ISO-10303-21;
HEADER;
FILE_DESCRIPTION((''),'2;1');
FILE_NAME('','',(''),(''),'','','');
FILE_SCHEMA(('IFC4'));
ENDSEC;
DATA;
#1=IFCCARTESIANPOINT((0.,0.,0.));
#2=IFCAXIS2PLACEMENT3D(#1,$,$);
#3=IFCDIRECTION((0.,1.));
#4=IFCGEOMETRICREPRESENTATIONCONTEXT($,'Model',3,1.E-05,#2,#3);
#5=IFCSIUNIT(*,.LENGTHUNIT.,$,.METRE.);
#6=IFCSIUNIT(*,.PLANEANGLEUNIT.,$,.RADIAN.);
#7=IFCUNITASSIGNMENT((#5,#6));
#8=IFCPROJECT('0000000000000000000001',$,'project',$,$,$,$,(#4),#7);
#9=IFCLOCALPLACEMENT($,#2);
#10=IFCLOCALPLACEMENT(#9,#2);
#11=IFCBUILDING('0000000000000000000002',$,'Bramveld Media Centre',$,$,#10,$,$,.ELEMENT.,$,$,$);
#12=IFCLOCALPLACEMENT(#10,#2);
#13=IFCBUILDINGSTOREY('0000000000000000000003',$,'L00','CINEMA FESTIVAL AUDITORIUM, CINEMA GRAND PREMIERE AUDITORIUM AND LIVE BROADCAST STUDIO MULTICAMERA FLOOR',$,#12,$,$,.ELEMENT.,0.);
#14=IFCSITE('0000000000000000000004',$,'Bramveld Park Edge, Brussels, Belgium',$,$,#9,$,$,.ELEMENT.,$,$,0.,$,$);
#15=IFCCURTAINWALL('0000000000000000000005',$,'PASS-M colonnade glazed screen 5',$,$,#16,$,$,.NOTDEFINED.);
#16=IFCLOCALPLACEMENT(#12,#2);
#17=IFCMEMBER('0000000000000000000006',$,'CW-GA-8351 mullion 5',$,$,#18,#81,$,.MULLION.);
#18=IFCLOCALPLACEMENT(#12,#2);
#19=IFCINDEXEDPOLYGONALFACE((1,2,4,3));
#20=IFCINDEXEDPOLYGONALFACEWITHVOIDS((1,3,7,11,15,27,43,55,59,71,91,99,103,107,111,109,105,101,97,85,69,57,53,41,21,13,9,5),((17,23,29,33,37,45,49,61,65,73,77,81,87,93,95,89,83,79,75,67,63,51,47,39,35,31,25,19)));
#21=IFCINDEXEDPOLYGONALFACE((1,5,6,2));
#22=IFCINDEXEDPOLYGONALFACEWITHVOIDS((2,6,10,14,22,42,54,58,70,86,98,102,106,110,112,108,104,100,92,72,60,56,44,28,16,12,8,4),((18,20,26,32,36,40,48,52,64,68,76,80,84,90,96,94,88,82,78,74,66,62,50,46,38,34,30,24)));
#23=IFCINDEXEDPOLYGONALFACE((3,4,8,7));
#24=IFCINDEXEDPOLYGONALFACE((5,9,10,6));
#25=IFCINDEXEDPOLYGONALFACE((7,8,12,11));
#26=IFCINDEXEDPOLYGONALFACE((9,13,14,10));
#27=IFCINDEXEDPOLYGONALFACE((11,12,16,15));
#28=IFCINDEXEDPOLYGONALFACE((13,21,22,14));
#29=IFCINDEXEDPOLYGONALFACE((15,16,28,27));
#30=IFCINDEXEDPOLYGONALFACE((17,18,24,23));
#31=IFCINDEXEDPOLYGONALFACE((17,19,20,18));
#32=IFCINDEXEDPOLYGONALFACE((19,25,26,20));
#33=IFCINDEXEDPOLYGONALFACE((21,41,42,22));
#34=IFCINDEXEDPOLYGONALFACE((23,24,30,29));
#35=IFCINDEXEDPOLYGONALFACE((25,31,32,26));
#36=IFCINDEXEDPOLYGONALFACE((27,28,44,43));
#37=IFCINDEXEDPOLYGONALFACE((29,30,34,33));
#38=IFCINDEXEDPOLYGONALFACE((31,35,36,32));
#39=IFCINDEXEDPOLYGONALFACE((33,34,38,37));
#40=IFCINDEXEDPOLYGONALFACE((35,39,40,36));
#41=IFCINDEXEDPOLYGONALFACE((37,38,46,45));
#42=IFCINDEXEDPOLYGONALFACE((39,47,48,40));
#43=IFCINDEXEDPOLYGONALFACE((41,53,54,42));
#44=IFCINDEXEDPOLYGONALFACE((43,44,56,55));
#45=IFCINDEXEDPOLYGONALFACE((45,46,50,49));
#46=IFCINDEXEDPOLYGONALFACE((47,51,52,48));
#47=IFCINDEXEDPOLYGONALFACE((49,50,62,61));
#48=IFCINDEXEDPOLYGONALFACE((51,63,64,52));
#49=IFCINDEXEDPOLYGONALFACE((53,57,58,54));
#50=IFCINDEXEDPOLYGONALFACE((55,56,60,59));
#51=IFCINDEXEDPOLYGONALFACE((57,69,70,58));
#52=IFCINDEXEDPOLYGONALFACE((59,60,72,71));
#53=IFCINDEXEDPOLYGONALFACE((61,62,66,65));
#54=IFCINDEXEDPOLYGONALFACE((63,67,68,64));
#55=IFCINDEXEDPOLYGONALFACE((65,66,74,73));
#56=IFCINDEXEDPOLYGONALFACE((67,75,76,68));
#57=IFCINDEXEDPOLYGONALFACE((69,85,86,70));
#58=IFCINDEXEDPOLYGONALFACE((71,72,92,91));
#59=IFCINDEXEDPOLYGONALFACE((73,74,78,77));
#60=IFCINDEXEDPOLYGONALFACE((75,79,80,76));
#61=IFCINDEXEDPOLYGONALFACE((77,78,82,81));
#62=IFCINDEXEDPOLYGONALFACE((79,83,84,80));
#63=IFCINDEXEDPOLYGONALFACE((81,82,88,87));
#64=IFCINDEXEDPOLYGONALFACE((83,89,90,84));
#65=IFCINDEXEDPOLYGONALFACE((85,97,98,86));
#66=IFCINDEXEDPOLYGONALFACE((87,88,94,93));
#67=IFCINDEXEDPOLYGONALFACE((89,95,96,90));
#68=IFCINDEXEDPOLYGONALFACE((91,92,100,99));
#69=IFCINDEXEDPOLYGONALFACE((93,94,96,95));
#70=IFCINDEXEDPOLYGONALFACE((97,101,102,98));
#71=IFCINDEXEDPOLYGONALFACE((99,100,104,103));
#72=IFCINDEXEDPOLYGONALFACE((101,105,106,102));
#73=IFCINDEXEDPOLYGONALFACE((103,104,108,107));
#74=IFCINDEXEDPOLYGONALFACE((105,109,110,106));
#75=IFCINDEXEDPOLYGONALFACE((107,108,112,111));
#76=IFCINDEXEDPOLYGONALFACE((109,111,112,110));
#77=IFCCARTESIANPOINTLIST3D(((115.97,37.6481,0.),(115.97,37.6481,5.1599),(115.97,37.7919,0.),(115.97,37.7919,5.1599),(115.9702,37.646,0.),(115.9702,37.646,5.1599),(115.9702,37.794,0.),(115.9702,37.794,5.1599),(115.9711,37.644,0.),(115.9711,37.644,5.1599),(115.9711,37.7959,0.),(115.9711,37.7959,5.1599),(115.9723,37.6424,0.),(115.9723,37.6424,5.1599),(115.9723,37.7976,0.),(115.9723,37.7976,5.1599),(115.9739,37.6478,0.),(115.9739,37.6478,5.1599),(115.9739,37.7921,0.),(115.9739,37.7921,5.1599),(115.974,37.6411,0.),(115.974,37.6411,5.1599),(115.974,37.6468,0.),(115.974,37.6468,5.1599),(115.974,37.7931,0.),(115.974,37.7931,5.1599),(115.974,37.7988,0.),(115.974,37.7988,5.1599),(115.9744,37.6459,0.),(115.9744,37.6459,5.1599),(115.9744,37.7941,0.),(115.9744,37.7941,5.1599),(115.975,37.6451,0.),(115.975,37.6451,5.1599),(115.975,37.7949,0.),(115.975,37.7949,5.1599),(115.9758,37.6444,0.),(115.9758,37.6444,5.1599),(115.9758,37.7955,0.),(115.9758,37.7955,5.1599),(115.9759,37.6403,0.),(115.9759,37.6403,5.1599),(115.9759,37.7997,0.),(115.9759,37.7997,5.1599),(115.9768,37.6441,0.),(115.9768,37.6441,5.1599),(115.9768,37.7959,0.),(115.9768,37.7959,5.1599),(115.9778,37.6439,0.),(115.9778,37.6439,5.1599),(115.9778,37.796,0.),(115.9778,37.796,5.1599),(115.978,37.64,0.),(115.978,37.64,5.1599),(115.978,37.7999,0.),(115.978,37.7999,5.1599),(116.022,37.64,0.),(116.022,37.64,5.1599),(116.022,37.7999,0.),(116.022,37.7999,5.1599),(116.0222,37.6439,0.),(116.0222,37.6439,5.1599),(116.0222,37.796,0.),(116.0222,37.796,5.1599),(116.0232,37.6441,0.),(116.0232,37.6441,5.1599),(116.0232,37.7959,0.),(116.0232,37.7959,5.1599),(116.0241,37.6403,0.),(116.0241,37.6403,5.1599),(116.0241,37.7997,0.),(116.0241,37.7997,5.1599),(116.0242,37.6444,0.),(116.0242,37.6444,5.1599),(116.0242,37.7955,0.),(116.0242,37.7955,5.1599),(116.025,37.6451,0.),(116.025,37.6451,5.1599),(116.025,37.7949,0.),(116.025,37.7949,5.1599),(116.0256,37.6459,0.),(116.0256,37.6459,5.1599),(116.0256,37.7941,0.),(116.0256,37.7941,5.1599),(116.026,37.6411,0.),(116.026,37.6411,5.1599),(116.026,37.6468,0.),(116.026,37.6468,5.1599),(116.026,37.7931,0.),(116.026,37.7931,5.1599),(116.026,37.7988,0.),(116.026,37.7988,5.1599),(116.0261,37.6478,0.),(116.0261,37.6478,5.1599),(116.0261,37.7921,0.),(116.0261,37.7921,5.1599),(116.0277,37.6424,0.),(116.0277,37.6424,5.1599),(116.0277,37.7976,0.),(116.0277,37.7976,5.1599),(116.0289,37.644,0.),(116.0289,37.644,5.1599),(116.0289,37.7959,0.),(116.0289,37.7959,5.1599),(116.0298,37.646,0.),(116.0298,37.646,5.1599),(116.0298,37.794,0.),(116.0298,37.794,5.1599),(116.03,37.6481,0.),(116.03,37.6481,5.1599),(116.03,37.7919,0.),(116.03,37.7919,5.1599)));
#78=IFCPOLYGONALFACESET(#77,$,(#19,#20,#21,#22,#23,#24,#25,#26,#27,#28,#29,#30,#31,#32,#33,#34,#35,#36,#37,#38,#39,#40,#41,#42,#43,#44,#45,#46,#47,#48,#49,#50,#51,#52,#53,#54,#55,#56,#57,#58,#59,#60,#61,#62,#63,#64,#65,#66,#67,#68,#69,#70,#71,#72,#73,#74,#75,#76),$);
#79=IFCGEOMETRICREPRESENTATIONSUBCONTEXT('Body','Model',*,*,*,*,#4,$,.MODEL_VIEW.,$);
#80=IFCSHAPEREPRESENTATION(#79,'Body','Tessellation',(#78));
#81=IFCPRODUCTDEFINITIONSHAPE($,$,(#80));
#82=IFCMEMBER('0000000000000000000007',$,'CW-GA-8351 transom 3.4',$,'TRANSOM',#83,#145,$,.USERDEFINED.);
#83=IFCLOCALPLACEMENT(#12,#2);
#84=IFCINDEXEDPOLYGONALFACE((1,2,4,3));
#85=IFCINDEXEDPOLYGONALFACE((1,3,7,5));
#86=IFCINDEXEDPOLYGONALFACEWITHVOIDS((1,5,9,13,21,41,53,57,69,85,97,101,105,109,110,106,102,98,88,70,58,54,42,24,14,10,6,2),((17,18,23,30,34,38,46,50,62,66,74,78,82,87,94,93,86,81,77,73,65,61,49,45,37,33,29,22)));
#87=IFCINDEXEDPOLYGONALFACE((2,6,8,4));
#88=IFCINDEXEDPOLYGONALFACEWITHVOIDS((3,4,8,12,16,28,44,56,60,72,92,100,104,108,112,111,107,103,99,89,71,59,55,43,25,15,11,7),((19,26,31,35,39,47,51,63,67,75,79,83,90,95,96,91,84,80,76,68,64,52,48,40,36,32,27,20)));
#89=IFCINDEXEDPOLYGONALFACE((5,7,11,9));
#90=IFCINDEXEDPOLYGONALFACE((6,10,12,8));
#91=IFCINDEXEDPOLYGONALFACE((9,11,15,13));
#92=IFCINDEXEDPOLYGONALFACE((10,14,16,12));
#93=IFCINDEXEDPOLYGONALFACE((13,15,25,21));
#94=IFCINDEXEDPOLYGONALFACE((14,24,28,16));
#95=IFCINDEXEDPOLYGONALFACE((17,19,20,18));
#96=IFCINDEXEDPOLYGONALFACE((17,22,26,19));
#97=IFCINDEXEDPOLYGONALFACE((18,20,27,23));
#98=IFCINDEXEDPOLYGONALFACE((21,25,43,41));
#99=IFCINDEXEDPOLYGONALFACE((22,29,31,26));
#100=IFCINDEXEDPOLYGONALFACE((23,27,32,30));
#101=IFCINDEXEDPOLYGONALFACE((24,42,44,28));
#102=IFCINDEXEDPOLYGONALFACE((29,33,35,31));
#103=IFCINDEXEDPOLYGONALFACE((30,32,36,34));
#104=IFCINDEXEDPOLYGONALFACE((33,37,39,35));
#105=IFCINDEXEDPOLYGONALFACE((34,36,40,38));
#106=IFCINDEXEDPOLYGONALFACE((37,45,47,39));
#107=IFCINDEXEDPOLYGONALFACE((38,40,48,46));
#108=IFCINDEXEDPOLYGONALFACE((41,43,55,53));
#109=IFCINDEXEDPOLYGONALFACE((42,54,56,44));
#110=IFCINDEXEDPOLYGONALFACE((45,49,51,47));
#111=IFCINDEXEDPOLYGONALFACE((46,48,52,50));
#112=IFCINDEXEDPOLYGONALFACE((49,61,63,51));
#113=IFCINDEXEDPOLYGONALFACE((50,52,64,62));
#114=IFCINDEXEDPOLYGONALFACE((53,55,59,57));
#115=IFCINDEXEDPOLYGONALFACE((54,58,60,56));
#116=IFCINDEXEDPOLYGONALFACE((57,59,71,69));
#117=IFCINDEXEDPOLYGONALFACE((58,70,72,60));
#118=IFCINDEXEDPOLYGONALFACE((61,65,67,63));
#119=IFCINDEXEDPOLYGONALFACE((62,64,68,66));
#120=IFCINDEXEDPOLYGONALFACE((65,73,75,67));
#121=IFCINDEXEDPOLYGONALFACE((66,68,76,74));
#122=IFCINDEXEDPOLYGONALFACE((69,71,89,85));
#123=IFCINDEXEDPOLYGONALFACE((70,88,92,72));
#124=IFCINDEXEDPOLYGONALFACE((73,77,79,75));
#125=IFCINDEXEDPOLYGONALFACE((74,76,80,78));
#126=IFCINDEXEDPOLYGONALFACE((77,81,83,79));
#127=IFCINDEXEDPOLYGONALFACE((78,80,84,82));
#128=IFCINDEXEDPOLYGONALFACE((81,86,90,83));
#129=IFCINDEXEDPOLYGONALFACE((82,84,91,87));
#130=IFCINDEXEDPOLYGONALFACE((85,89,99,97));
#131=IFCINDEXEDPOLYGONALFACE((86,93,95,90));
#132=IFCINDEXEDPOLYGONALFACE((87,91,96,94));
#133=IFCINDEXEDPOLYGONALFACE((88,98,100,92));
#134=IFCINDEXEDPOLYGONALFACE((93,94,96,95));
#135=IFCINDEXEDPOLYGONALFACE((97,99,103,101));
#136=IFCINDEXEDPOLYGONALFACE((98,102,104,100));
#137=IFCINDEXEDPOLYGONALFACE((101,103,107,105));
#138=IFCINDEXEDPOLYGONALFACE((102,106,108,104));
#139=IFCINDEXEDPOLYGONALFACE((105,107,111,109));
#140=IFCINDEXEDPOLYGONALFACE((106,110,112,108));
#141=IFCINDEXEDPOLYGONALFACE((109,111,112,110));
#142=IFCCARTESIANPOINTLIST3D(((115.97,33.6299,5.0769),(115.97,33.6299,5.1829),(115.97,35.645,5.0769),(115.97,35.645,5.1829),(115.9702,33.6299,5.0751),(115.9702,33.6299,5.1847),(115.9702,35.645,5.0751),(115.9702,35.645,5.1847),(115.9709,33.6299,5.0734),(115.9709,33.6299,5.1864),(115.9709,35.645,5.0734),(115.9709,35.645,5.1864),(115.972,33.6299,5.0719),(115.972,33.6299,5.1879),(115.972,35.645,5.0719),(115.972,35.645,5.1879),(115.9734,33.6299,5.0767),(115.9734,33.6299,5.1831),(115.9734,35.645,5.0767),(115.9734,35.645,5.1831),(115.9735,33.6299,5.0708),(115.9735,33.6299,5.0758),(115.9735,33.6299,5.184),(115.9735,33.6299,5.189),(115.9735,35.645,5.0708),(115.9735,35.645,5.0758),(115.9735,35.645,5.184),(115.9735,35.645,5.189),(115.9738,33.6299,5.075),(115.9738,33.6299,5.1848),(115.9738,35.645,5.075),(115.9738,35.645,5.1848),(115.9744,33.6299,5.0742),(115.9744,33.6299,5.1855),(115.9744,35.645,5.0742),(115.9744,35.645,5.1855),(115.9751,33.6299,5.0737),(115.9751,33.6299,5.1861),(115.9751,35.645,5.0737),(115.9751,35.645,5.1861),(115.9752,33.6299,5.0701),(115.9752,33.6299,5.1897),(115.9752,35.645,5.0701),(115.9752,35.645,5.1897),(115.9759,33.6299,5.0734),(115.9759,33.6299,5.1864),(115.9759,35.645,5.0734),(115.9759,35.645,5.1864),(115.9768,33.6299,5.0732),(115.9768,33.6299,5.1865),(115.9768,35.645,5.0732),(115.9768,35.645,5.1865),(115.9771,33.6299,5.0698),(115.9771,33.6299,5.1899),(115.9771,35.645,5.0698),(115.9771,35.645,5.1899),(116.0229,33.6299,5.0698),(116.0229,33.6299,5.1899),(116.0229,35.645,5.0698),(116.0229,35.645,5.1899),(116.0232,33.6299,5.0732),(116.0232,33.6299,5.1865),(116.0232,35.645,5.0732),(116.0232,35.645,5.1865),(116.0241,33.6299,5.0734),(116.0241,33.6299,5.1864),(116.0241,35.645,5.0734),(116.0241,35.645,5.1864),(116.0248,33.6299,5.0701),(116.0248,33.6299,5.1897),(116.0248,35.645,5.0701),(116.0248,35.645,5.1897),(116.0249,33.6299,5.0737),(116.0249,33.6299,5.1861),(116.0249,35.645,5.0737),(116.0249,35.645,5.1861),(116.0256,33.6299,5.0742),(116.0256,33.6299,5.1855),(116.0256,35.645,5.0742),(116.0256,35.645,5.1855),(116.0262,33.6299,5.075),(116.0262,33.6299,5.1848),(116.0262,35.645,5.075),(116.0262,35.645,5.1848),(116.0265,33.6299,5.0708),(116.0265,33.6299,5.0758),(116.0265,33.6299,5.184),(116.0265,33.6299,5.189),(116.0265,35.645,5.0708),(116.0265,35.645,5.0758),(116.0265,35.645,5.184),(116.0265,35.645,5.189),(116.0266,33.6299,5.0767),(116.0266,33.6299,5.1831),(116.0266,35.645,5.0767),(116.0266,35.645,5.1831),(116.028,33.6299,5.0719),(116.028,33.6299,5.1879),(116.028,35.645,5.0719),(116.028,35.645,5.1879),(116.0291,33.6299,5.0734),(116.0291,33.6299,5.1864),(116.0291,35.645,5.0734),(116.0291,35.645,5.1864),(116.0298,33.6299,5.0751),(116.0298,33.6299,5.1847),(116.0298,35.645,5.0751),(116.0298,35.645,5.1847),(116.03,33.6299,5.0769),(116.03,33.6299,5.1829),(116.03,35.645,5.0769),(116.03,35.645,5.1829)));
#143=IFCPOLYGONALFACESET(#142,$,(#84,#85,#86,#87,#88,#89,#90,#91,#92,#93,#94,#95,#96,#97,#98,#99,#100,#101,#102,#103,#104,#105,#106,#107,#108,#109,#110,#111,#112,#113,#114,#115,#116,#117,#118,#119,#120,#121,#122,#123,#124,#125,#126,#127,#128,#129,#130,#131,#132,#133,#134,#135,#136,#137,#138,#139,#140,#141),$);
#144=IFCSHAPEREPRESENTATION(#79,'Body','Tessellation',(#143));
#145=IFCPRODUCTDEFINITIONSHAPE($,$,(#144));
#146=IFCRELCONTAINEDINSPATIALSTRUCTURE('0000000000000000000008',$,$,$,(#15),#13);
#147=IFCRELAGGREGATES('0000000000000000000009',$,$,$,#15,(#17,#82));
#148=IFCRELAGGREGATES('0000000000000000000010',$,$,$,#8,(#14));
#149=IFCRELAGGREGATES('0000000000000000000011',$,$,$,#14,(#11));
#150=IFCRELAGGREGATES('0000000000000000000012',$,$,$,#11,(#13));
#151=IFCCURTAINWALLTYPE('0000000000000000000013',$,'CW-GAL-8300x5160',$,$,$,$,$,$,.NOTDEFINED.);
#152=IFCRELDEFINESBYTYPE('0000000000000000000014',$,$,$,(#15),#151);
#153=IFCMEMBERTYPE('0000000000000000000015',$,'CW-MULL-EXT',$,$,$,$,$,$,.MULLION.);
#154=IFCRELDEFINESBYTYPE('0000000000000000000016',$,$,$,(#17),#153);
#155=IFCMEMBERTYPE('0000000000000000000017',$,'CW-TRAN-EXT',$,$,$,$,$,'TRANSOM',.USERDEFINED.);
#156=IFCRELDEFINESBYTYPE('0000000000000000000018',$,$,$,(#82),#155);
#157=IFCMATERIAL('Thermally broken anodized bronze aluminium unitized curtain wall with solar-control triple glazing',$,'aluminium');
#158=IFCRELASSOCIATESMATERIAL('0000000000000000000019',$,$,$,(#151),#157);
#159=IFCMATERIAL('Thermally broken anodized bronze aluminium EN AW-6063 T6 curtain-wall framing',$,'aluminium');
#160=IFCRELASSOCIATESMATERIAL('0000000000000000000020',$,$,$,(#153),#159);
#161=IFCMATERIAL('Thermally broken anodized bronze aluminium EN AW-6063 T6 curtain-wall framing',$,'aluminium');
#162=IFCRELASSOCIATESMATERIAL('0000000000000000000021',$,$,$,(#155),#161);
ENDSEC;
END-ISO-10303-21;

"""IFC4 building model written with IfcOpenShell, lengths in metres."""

from ifc_helpers import new_model, si_unit, direction, frame, origin, origin_2d, place, context, subcontext, project, spatial, hollow_rectangle, extrude, material, material_profile, profile_set, type_object, element, aggregate, save


model = new_model("IFC4")

# Units and contexts
model_context = context("Model", 3, precision=1e-05, world=origin(), true_north=direction((0.0, 1.0)))
body_context = subcontext(model_context, "Body", "Model", "MODEL_VIEW")
ifc_project = project(units=[si_unit("LENGTHUNIT", "METRE"), si_unit("PLANEANGLEUNIT", "RADIAN")], contexts=[model_context])

# Site, building, storey
site_placement = place(None, origin())
site = spatial("IfcSite", under=ifc_project, at=site_placement, Name="Bramveld Park Edge, Brussels, Belgium", CompositionType="ELEMENT", RefElevation=0.0)
building_placement = place(site_placement, origin())
building = spatial("IfcBuilding", under=site, at=building_placement, Name="Bramveld Media Centre", CompositionType="ELEMENT")
storey_placement = place(building_placement, origin())
storey = spatial("IfcBuildingStorey", under=building, at=storey_placement, Name="L00", Description="CINEMA FESTIVAL AUDITORIUM, CINEMA GRAND PREMIERE AUDITORIUM AND LIVE BROADCAST STUDIO MULTICAMERA FLOOR", CompositionType="ELEMENT", Elevation=0.0)

# Curtain wall, members
ifc_material_1 = material(Name="Thermally broken anodized bronze aluminium unitized curtain wall with solar-control triple glazing", Category="aluminium")
curtain_wall_type = type_object("IfcCurtainWallType", Name="CW-GAL-8300x5160", PredefinedType="NOTDEFINED", material=ifc_material_1)
curtain_wall_1_placement = place(storey_placement, origin())
curtain_wall_1 = element("IfcCurtainWall", 1, at=curtain_wall_1_placement, inside=storey, type_object=curtain_wall_type, Name="PASS-M colonnade glazed screen 5", PredefinedType="NOTDEFINED")
ifc_material_2 = material(Name="Thermally broken anodized bronze aluminium EN AW-6063 T6 curtain-wall framing", Category="aluminium")
ifc_material_profile_1 = material_profile(ifc_material_2, hollow_rectangle(XDim=0.0601, YDim=0.1599, WallThickness=0.0039, InnerFilletRadius=0.0039, OuterFilletRadius=0.0081, at=origin_2d()), Name="AL-MULL 60x160")
ifc_profile_set_1 = profile_set([ifc_material_profile_1], Name="Thermally broken anodized bronze aluminium EN AW-6063 T6 curtain-wall framing")
member_type_1 = type_object("IfcMemberType", Name="CW-MULL-EXT", PredefinedType="MULLION", material=ifc_profile_set_1)
member_1_placement = place(storey_placement, frame((116.0, 37.72, 0.0), z_axis=(0.0, 0.0, 1.0), x_axis=(-1.0, 0.0, 0.0)))
member_1 = element("IfcMember", 2, at=member_1_placement, type_object=member_type_1, Name="CW-GA-8351 mullion 5", PredefinedType="MULLION", context=body_context, shape_type="SweptSolid", body=[
    extrude(hollow_rectangle(XDim=0.0601, YDim=0.1599, WallThickness=0.0039, InnerFilletRadius=0.0039, OuterFilletRadius=0.0081, at=origin_2d()), origin(), (0.0, 0.0, 1.0), 5.1599),
])
ifc_material_3 = material(Name="Thermally broken anodized bronze aluminium EN AW-6063 T6 curtain-wall framing", Category="aluminium")
ifc_material_profile_2 = material_profile(ifc_material_3, hollow_rectangle(XDim=0.0601, YDim=0.1201, WallThickness=0.0034, InnerFilletRadius=0.0034, OuterFilletRadius=0.0071, at=origin_2d()), Name="AL-TRAN 60x120")
ifc_profile_set_2 = profile_set([ifc_material_profile_2], Name="Thermally broken anodized bronze aluminium EN AW-6063 T6 curtain-wall framing")
member_type_2 = type_object("IfcMemberType", Name="CW-TRAN-EXT", ElementType="TRANSOM", PredefinedType="USERDEFINED", material=ifc_profile_set_2)
member_2_placement = place(storey_placement, frame((116.0, 33.6299, 5.1299), z_axis=(0.0, 1.0, 0.0), x_axis=(-1.0, 0.0, 0.0)))
member_2 = element("IfcMember", 3, at=member_2_placement, type_object=member_type_2, Name="CW-GA-8351 transom 3.4", ObjectType="TRANSOM", PredefinedType="USERDEFINED", context=body_context, shape_type="SweptSolid", body=[
    extrude(hollow_rectangle(XDim=0.0601, YDim=0.1201, WallThickness=0.0034, InnerFilletRadius=0.0034, OuterFilletRadius=0.0071, at=origin_2d()), origin(), (0.0, 0.0, 1.0), 2.0151),
])

aggregate(curtain_wall_1, [member_1, member_2])

save(model, "model.ifc")
